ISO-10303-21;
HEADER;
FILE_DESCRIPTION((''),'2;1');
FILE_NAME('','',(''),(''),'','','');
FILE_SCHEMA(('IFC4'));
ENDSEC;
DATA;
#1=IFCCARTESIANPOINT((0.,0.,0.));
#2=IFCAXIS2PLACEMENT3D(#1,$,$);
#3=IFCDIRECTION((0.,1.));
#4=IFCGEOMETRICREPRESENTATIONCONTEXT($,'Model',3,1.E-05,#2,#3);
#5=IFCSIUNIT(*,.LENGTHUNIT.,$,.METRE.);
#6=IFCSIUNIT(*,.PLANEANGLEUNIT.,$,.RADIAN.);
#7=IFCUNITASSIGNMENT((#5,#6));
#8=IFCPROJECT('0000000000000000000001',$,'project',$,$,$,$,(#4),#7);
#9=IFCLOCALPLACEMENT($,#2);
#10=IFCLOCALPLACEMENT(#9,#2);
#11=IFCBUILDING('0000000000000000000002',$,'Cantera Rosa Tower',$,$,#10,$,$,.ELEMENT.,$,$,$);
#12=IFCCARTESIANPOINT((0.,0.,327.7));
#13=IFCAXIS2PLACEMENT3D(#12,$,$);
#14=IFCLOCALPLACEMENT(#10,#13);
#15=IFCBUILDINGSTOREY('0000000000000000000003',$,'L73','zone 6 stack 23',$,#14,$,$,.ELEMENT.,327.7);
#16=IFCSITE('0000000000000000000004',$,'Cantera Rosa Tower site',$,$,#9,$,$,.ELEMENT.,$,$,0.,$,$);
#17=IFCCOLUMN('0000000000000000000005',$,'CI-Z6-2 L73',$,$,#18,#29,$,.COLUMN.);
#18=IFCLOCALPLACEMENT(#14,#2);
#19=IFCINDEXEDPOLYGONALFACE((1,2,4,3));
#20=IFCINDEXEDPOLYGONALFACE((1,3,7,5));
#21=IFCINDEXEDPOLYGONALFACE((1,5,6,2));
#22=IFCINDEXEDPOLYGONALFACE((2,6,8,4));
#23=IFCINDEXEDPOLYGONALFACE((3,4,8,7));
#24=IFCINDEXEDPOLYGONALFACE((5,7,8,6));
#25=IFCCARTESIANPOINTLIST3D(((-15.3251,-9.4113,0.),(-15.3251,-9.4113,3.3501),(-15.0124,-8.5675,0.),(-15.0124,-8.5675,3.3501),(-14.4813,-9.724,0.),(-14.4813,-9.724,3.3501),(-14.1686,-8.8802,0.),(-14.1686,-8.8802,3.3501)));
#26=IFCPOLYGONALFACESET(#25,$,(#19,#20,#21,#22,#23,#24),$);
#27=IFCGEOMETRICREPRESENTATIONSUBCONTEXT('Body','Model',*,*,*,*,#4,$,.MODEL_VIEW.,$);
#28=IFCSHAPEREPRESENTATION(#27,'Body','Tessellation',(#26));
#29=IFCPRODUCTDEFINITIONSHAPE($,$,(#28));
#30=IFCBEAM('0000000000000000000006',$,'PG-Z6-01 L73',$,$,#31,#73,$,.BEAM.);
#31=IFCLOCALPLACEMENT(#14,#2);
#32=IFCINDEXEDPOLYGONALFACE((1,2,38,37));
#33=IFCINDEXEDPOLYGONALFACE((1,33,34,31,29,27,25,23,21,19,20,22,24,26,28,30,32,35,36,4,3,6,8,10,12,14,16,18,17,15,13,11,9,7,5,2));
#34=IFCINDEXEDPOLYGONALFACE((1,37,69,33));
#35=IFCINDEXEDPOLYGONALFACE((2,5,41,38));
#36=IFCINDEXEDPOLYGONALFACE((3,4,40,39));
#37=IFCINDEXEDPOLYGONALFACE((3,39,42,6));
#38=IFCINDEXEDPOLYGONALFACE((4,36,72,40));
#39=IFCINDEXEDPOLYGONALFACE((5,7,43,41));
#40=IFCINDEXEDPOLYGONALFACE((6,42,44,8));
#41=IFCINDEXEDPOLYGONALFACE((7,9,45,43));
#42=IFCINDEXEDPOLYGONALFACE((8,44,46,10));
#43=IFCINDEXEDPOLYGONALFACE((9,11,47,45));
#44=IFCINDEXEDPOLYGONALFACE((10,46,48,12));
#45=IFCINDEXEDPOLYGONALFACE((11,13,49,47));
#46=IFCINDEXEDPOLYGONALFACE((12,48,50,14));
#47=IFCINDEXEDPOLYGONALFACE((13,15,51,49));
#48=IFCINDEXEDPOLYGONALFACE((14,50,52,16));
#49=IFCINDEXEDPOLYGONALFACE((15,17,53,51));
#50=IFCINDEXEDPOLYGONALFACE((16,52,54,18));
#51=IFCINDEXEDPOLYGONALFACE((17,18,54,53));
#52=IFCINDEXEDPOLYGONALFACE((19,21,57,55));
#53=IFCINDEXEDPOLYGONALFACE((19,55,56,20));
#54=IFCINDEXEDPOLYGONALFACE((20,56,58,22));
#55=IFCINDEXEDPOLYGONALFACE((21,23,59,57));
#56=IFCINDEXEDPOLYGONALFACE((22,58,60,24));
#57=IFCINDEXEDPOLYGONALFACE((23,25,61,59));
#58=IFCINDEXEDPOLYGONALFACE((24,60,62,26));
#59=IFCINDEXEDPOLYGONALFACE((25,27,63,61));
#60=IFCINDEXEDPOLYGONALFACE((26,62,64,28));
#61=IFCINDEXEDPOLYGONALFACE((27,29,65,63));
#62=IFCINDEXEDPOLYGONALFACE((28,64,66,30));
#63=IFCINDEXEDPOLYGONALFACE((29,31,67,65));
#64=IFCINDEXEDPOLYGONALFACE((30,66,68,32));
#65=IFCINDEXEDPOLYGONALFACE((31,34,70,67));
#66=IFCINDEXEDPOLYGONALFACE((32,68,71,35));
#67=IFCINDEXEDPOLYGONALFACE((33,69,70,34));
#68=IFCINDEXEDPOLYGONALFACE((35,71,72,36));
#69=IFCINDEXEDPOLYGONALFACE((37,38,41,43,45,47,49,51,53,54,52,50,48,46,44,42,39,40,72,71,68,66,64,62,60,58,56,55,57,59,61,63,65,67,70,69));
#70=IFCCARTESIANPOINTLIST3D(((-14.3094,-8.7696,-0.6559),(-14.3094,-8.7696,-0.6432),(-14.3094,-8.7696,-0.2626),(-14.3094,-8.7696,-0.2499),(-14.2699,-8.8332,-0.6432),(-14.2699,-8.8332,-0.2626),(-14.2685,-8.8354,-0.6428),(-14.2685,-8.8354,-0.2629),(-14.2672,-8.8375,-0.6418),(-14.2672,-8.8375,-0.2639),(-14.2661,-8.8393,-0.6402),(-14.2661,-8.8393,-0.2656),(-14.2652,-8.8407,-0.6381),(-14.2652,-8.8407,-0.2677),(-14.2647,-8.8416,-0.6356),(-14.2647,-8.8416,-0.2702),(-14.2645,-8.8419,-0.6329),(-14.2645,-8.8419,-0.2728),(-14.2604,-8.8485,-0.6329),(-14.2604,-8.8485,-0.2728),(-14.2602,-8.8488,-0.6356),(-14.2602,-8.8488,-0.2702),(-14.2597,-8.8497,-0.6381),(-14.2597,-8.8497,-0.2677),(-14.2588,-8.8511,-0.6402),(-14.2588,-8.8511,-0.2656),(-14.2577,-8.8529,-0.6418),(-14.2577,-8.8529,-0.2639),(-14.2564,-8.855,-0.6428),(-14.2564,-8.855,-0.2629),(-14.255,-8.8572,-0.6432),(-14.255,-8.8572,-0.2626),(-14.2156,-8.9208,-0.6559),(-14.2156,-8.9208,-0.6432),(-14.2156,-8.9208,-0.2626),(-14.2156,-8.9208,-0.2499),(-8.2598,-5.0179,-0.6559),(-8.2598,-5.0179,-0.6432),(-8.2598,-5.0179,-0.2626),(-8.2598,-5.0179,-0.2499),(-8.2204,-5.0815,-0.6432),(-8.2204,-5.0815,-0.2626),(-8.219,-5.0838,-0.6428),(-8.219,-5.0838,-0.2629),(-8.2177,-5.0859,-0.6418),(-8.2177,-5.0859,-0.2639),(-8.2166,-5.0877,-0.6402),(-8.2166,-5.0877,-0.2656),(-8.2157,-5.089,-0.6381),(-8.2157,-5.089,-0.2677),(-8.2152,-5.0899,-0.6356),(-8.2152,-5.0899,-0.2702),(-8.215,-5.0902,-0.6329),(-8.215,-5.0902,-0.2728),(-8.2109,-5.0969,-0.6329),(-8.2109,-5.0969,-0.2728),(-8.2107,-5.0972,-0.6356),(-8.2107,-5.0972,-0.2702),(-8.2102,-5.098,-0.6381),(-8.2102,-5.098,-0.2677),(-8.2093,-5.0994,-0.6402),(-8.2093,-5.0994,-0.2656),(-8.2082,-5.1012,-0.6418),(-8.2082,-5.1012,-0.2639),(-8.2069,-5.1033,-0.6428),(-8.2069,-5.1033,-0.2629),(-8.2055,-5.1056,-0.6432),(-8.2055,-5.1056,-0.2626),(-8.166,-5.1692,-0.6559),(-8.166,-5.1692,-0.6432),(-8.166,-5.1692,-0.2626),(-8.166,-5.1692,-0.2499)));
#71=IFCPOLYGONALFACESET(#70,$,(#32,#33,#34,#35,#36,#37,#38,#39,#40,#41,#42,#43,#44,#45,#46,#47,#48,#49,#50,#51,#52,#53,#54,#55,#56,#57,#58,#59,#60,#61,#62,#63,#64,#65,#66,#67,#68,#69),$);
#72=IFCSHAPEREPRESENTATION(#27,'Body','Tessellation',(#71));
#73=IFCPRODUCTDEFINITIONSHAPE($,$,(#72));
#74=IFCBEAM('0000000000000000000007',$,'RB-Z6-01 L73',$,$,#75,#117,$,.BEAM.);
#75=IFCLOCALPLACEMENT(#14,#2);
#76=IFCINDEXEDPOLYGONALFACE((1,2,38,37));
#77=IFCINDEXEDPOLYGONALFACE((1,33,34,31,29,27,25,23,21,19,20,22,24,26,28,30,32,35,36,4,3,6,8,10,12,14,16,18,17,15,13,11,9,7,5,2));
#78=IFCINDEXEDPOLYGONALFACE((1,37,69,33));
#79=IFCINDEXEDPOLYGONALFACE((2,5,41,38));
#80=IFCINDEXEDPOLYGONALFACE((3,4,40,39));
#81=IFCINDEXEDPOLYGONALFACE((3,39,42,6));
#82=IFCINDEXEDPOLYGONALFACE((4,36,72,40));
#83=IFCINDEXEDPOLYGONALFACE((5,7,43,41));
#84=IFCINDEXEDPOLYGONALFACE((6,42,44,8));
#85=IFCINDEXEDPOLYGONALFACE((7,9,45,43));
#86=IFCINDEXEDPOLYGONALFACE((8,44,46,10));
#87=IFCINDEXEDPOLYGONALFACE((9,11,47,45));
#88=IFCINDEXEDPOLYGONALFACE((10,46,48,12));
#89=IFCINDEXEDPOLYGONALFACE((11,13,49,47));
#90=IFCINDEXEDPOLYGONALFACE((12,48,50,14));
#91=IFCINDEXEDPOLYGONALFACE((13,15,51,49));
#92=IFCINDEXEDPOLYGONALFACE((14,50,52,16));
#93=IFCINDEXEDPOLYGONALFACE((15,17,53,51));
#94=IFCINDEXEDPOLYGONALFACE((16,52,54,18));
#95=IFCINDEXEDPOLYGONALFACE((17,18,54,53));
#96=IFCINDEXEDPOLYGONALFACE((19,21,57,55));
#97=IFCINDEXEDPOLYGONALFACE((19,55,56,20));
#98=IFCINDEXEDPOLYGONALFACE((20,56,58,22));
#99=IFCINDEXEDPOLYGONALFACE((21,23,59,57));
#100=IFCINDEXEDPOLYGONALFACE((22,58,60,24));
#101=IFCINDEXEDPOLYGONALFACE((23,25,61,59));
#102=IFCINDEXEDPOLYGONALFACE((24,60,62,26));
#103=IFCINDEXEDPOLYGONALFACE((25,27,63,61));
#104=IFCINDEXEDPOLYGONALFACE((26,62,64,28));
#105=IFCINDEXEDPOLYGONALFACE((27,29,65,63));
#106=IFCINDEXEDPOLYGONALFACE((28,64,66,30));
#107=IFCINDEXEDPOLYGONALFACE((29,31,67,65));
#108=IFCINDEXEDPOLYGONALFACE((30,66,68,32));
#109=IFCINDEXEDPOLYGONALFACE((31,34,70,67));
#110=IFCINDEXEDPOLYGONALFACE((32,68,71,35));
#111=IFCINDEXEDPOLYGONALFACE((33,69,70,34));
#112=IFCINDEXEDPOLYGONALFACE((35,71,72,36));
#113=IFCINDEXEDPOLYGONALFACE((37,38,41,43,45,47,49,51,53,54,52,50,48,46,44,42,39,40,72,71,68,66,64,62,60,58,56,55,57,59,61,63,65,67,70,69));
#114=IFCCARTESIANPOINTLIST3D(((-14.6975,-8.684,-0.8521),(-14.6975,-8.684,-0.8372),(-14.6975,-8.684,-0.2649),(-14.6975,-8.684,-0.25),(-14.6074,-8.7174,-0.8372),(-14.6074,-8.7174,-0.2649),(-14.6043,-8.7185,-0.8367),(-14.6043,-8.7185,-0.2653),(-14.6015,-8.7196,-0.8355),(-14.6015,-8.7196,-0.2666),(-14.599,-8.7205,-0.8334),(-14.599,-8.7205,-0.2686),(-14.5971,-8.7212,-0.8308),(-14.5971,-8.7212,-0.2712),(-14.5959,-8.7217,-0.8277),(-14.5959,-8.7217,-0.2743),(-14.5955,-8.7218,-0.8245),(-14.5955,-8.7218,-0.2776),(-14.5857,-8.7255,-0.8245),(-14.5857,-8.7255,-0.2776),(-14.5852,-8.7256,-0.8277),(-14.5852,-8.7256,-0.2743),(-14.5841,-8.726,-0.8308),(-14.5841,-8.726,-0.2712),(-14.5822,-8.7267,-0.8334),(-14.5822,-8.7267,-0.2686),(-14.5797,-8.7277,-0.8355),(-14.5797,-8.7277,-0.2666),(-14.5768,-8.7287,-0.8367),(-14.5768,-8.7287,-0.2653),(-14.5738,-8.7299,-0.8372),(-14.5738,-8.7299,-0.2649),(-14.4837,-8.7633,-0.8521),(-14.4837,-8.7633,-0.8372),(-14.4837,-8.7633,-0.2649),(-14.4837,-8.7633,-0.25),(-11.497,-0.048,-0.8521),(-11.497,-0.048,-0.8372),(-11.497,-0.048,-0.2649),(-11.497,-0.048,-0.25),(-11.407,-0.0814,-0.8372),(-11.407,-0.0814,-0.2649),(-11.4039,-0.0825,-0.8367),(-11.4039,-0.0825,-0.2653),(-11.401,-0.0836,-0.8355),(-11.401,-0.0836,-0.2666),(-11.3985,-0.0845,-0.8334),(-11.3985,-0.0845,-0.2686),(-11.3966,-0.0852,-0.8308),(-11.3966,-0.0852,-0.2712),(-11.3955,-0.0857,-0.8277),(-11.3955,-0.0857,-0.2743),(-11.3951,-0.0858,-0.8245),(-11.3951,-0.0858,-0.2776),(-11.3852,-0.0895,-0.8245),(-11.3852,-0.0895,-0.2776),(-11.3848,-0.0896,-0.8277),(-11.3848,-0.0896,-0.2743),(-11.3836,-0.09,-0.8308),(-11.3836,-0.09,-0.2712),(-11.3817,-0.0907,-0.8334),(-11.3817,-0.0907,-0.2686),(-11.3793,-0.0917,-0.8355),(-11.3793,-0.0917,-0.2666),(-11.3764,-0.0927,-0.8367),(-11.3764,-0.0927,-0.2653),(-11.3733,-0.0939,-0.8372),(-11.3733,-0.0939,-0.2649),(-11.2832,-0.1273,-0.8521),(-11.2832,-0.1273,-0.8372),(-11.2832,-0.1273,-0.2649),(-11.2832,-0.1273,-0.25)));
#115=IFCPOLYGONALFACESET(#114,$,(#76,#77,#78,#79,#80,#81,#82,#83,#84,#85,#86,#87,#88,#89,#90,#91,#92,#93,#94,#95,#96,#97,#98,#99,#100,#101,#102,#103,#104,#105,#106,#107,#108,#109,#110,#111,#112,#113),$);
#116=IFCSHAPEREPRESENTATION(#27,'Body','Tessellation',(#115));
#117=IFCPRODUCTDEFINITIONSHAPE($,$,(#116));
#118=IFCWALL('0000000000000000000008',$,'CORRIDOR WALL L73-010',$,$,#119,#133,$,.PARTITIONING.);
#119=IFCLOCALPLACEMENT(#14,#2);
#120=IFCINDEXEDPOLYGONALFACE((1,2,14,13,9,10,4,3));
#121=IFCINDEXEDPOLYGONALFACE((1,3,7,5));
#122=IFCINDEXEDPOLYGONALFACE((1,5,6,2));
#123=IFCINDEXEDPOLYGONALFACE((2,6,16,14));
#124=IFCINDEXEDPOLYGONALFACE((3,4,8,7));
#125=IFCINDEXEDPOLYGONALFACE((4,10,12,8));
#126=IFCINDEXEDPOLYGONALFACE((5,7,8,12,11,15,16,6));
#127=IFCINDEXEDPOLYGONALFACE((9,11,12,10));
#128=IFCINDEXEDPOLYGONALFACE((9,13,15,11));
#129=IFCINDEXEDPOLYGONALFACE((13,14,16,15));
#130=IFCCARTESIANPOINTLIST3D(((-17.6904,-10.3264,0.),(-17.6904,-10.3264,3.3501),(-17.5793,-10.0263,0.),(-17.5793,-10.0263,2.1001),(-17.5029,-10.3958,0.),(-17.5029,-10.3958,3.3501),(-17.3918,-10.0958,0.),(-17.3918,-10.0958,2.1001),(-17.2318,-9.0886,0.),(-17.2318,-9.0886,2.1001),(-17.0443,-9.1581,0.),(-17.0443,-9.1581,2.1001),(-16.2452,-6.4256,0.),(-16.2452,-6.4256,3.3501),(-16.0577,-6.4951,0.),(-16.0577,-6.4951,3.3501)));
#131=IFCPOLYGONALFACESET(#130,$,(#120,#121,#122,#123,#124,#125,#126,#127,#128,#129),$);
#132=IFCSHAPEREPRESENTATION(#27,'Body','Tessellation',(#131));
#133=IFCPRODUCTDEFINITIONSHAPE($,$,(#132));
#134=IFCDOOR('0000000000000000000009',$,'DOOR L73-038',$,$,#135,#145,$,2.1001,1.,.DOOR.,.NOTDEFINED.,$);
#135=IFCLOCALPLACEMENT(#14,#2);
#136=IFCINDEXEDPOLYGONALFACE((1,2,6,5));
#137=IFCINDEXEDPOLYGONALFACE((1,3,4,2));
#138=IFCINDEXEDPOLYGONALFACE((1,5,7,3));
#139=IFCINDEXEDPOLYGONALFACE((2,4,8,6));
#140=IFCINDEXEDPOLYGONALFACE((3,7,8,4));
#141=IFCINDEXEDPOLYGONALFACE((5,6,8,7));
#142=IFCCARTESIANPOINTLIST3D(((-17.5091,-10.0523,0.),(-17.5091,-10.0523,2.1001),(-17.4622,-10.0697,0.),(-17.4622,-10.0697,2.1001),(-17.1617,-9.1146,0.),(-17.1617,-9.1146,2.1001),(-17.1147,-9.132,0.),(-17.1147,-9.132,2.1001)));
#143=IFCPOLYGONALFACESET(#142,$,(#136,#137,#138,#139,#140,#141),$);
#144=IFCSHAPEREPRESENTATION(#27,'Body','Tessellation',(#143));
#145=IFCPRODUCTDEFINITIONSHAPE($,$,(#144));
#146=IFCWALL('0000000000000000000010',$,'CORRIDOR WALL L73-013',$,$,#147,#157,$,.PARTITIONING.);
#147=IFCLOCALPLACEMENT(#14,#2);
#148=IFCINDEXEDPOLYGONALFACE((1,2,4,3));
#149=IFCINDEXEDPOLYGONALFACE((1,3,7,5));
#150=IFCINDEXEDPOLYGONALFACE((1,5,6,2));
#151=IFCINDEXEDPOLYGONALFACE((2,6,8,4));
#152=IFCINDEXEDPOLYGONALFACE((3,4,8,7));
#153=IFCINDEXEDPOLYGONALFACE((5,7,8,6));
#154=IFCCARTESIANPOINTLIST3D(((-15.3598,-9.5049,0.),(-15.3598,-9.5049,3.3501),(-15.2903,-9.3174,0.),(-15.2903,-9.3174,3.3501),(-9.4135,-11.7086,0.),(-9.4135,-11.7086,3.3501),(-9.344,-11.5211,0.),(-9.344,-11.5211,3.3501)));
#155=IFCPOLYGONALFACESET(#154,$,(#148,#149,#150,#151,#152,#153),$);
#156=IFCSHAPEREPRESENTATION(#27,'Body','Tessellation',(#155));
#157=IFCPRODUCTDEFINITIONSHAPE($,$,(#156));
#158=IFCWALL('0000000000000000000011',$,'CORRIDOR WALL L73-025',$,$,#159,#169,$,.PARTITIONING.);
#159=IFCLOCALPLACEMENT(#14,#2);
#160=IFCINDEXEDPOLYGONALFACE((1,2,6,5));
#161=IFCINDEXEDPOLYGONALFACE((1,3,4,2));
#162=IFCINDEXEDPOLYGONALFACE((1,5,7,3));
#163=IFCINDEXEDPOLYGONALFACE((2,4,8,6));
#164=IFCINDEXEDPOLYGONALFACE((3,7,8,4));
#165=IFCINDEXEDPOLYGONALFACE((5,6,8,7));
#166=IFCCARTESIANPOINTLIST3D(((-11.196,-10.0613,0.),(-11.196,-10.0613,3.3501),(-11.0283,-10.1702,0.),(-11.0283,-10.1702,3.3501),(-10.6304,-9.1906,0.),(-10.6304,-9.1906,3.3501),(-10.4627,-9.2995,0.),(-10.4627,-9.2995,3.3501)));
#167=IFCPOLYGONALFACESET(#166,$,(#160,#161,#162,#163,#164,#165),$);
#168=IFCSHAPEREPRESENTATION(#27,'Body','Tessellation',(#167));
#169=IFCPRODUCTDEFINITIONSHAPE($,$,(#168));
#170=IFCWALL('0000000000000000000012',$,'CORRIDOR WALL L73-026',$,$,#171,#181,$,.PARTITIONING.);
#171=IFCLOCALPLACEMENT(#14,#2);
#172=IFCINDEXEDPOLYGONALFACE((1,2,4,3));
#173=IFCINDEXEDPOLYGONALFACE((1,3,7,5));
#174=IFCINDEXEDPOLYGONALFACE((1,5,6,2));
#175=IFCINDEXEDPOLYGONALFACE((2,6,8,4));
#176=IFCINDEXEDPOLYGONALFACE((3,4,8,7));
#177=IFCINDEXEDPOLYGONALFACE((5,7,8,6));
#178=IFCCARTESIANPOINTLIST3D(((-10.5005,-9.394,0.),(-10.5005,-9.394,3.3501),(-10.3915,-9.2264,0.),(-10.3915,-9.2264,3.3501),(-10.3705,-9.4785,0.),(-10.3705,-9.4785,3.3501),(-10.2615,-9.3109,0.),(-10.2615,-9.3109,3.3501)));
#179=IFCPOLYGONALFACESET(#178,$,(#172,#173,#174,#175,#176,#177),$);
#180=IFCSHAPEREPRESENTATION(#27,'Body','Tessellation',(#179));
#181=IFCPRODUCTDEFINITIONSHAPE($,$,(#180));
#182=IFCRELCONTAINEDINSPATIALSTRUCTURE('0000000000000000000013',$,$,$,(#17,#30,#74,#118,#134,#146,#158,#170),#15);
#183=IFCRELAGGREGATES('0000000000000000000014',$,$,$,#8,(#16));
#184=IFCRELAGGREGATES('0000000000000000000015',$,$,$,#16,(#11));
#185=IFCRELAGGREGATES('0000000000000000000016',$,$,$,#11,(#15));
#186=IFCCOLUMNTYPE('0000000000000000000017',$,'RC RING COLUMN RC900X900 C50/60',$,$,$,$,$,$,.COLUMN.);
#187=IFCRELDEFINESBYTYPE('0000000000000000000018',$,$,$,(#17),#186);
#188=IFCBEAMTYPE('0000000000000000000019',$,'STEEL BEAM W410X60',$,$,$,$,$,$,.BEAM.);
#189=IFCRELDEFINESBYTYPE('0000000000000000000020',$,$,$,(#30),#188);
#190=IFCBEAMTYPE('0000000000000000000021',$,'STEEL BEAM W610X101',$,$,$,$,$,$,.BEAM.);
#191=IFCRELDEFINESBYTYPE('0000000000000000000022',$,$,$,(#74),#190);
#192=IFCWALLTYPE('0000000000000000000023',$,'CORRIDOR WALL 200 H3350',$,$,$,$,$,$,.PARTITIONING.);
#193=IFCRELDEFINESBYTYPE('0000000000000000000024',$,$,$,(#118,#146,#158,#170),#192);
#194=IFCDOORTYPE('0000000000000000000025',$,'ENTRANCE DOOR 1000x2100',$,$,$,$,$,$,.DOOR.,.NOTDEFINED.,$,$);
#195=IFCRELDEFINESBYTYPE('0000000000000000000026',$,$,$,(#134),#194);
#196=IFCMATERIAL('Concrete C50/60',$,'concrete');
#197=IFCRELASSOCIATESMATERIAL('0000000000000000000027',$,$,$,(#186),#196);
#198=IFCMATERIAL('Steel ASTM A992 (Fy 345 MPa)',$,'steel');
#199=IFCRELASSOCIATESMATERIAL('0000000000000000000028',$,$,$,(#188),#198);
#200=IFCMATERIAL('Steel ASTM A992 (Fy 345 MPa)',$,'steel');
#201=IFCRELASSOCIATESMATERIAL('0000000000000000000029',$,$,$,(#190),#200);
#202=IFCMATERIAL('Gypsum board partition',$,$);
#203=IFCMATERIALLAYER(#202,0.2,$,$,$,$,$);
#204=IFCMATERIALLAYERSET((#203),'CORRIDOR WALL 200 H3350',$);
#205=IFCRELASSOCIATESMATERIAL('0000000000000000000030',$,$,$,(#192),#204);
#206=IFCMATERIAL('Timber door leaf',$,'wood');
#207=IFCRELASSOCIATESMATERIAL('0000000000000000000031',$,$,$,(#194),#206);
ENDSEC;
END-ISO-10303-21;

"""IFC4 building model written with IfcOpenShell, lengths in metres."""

from ifc_helpers import new_model, si_unit, direction, frame, frame_2d, origin, origin_2d, place, context, subcontext, project, spatial, rectangle, i_section, extrude, material, layer, layer_set, material_profile, profile_set, type_object, element, fill, save


model = new_model("IFC4")

# Units and contexts
model_context = context("Model", 3, precision=1e-05, world=origin(), true_north=direction((0.0, 1.0)))
body_context = subcontext(model_context, "Body", "Model", "MODEL_VIEW")
ifc_project = project(units=[si_unit("LENGTHUNIT", "METRE"), si_unit("PLANEANGLEUNIT", "RADIAN")], contexts=[model_context])

# Site, building, storey
site_placement = place(None, origin())
site = spatial("IfcSite", under=ifc_project, at=site_placement, Name="Cantera Rosa Tower site", CompositionType="ELEMENT", RefElevation=0.0)
building_placement = place(site_placement, origin())
building = spatial("IfcBuilding", under=site, at=building_placement, Name="Cantera Rosa Tower", CompositionType="ELEMENT")
storey_placement = place(building_placement, frame((0.0, 0.0, 327.7)))
storey = spatial("IfcBuildingStorey", under=building, at=storey_placement, Name="L73", Description="zone 6 stack 23", CompositionType="ELEMENT", Elevation=327.7)

# Column
ifc_material_1 = material(Name="Concrete C50/60", Category="concrete")
ifc_material_profile_1 = material_profile(ifc_material_1, rectangle(XDim=0.8999, YDim=0.8999, at=origin_2d()), Name="RC RING COLUMN RC900X900 C50/60")
ifc_profile_set_1 = profile_set([ifc_material_profile_1], Name="Concrete C50/60")
column_type = type_object("IfcColumnType", Name="RC RING COLUMN RC900X900 C50/60", PredefinedType="COLUMN", material=ifc_profile_set_1)
column_placement = place(storey_placement, frame((-14.7468, -9.1458, 0.0), z_axis=(0.0, 0.0, 1.0), x_axis=(0.347481, 0.937687, 0.0)))
element("IfcColumn", 1, at=column_placement, inside=storey, type_object=column_type, Name="CI-Z6-2 L73", PredefinedType="COLUMN", context=body_context, shape_type="SweptSolid", body=[
    extrude(rectangle(XDim=0.8999, YDim=0.8999, at=origin_2d()), origin(), (0.0, 0.0, 1.0), 3.3501),
])

# Beams
ifc_material_2 = material(Name="Steel ASTM A992 (Fy 345 MPa)", Category="steel")
ifc_material_profile_2 = material_profile(ifc_material_2, i_section(OverallWidth=0.178, OverallDepth=0.406, WebThickness=0.0078, FlangeThickness=0.0127, FilletRadius=0.0103, at=origin_2d()), Name="W410X60")
ifc_profile_set_2 = profile_set([ifc_material_profile_2], Name="Steel ASTM A992 (Fy 345 MPa)")
beam_type_1 = type_object("IfcBeamType", Name="STEEL BEAM W410X60", PredefinedType="BEAM", material=ifc_profile_set_2)
beam_1_placement = place(storey_placement, frame((-14.2625, -8.8452, -0.4529), z_axis=(0.849841, 0.527039, 0.0), x_axis=(-0.527039, 0.849841, 0.0)))
element("IfcBeam", 2, at=beam_1_placement, inside=storey, type_object=beam_type_1, Name="PG-Z6-01 L73", PredefinedType="BEAM", context=body_context, shape_type="SweptSolid", body=[
    extrude(i_section(OverallWidth=0.178, OverallDepth=0.406, WebThickness=0.0078, FlangeThickness=0.0127, FilletRadius=0.0103, at=origin_2d()), origin(), (0.0, 0.0, 1.0), 7.1184),
])
ifc_material_3 = material(Name="Steel ASTM A992 (Fy 345 MPa)", Category="steel")
ifc_material_profile_3 = material_profile(ifc_material_3, i_section(OverallWidth=0.228, OverallDepth=0.6021, WebThickness=0.0105, FlangeThickness=0.0149, FilletRadius=0.0127, at=origin_2d()), Name="W610X101")
ifc_profile_set_3 = profile_set([ifc_material_profile_3], Name="Steel ASTM A992 (Fy 345 MPa)")
beam_type_2 = type_object("IfcBeamType", Name="STEEL BEAM W610X101", PredefinedType="BEAM", material=ifc_profile_set_3)
beam_2_placement = place(storey_placement, frame((-14.5906, -8.7236, -0.551), z_axis=(0.347498, 0.937681, 0.0), x_axis=(-0.937681, 0.347498, 0.0)))
element("IfcBeam", 3, at=beam_2_placement, inside=storey, type_object=beam_type_2, Name="RB-Z6-01 L73", PredefinedType="BEAM", context=body_context, shape_type="SweptSolid", body=[
    extrude(i_section(OverallWidth=0.228, OverallDepth=0.6021, WebThickness=0.0105, FlangeThickness=0.0149, FilletRadius=0.0127, at=origin_2d()), origin(), (0.0, 0.0, 1.0), 9.21),
])

# Wall, opening, door
ifc_material_4 = material(Name="Gypsum board partition")
ifc_layer_1 = layer(ifc_material_4, 0.2)
ifc_layer_set_1 = layer_set([ifc_layer_1], Name="CORRIDOR WALL 200 H3350")
wall_type_1 = type_object("IfcWallType", Name="CORRIDOR WALL 200 H3350", PredefinedType="PARTITIONING", material=ifc_layer_set_1)
wall_1_placement = place(storey_placement, frame((-16.1514, -6.4602, 0.0), z_axis=(0.0, 0.0, 1.0), x_axis=(-0.347429, -0.937706, 0.0)))
wall_1 = element("IfcWall", 4, at=wall_1_placement, inside=storey, type_object=wall_type_1, Name="CORRIDOR WALL L73-010", PredefinedType="PARTITIONING", context=body_context, shape_type="SweptSolid", body=[
    extrude(rectangle(XDim=4.1599, YDim=0.2, at=frame_2d((2.0801, 0.0))), origin(), (0.0, 0.0, 1.0), 3.3501),
])
opening_1_placement = place(wall_1_placement, frame((2.8401, 0.0, 0.0)))
opening_1 = element("IfcOpeningElement", 5, at=opening_1_placement, cuts=wall_1, PredefinedType="OPENING", context=body_context, shape_type="SweptSolid", body=[
    extrude(rectangle(XDim=1.0, YDim=2.1001, at=frame_2d((0.5, 1.05))), frame((0.0, 0.1099, 0.0), z_axis=(0.0, -1.0, 0.0), x_axis=(1.0, 0.0, 0.0)), (0.0, 0.0, 1.0), 0.22),
])
ifc_material_5 = material(Name="Timber door leaf", Category="wood")
door_type_1 = type_object("IfcDoorType", Name="ENTRANCE DOOR 1000x2100", OperationType="NOTDEFINED", PredefinedType="DOOR", material=ifc_material_5)
door_1_placement = place(opening_1_placement, origin())
door_1 = element("IfcDoor", 6, at=door_1_placement, inside=storey, type_object=door_type_1, Name="DOOR L73-038", OperationType="NOTDEFINED", OverallHeight=2.1001, OverallWidth=1.0, PredefinedType="DOOR", context=body_context, shape_type="SweptSolid", body=[
    extrude(rectangle(XDim=1.0, YDim=2.1001, at=frame_2d((0.5, 1.05))), frame((0.0, 0.0249, 0.0), z_axis=(0.0, -1.0, 0.0), x_axis=(1.0, 0.0, 0.0)), (0.0, 0.0, 1.0), 0.05),
])
fill(opening_1, door_1)

# Walls
wall_2_placement = place(storey_placement, frame((-15.3252, -9.4111, 0.0), z_axis=(0.0, 0.0, 1.0), x_axis=(0.937683, -0.347492, 0.0)))
element("IfcWall", 7, at=wall_2_placement, inside=storey, type_object=wall_type_1, Name="CORRIDOR WALL L73-013", PredefinedType="PARTITIONING", context=body_context, shape_type="SweptSolid", body=[
    extrude(rectangle(XDim=6.3416, YDim=0.2, at=frame_2d((3.1709, 0.0))), origin(), (0.0, 0.0, 1.0), 3.3501),
])
wall_3_placement = place(storey_placement, frame((-10.5466, -9.2451, 0.0), z_axis=(0.0, 0.0, 1.0), x_axis=(-0.544732, -0.83861, 0.0)))
element("IfcWall", 8, at=wall_3_placement, inside=storey, type_object=wall_type_1, Name="CORRIDOR WALL L73-025", PredefinedType="PARTITIONING", context=body_context, shape_type="SweptSolid", body=[
    extrude(rectangle(XDim=1.0383, YDim=0.2, at=frame_2d((0.519, 0.0))), origin(), (0.0, 0.0, 1.0), 3.3501),
])
wall_4_placement = place(storey_placement, frame((-10.3159, -9.3948, 0.0), z_axis=(0.0, 0.0, 1.0), x_axis=(-0.8383, 0.54521, 0.0)))
element("IfcWall", 9, at=wall_4_placement, inside=storey, type_object=wall_type_1, Name="CORRIDOR WALL L73-026", PredefinedType="PARTITIONING", context=body_context, shape_type="SweptSolid", body=[
    extrude(rectangle(XDim=0.155, YDim=0.2, at=frame_2d((0.0776, 0.0))), origin(), (0.0, 0.0, 1.0), 3.3501),
])

save(model, "model.ifc")
